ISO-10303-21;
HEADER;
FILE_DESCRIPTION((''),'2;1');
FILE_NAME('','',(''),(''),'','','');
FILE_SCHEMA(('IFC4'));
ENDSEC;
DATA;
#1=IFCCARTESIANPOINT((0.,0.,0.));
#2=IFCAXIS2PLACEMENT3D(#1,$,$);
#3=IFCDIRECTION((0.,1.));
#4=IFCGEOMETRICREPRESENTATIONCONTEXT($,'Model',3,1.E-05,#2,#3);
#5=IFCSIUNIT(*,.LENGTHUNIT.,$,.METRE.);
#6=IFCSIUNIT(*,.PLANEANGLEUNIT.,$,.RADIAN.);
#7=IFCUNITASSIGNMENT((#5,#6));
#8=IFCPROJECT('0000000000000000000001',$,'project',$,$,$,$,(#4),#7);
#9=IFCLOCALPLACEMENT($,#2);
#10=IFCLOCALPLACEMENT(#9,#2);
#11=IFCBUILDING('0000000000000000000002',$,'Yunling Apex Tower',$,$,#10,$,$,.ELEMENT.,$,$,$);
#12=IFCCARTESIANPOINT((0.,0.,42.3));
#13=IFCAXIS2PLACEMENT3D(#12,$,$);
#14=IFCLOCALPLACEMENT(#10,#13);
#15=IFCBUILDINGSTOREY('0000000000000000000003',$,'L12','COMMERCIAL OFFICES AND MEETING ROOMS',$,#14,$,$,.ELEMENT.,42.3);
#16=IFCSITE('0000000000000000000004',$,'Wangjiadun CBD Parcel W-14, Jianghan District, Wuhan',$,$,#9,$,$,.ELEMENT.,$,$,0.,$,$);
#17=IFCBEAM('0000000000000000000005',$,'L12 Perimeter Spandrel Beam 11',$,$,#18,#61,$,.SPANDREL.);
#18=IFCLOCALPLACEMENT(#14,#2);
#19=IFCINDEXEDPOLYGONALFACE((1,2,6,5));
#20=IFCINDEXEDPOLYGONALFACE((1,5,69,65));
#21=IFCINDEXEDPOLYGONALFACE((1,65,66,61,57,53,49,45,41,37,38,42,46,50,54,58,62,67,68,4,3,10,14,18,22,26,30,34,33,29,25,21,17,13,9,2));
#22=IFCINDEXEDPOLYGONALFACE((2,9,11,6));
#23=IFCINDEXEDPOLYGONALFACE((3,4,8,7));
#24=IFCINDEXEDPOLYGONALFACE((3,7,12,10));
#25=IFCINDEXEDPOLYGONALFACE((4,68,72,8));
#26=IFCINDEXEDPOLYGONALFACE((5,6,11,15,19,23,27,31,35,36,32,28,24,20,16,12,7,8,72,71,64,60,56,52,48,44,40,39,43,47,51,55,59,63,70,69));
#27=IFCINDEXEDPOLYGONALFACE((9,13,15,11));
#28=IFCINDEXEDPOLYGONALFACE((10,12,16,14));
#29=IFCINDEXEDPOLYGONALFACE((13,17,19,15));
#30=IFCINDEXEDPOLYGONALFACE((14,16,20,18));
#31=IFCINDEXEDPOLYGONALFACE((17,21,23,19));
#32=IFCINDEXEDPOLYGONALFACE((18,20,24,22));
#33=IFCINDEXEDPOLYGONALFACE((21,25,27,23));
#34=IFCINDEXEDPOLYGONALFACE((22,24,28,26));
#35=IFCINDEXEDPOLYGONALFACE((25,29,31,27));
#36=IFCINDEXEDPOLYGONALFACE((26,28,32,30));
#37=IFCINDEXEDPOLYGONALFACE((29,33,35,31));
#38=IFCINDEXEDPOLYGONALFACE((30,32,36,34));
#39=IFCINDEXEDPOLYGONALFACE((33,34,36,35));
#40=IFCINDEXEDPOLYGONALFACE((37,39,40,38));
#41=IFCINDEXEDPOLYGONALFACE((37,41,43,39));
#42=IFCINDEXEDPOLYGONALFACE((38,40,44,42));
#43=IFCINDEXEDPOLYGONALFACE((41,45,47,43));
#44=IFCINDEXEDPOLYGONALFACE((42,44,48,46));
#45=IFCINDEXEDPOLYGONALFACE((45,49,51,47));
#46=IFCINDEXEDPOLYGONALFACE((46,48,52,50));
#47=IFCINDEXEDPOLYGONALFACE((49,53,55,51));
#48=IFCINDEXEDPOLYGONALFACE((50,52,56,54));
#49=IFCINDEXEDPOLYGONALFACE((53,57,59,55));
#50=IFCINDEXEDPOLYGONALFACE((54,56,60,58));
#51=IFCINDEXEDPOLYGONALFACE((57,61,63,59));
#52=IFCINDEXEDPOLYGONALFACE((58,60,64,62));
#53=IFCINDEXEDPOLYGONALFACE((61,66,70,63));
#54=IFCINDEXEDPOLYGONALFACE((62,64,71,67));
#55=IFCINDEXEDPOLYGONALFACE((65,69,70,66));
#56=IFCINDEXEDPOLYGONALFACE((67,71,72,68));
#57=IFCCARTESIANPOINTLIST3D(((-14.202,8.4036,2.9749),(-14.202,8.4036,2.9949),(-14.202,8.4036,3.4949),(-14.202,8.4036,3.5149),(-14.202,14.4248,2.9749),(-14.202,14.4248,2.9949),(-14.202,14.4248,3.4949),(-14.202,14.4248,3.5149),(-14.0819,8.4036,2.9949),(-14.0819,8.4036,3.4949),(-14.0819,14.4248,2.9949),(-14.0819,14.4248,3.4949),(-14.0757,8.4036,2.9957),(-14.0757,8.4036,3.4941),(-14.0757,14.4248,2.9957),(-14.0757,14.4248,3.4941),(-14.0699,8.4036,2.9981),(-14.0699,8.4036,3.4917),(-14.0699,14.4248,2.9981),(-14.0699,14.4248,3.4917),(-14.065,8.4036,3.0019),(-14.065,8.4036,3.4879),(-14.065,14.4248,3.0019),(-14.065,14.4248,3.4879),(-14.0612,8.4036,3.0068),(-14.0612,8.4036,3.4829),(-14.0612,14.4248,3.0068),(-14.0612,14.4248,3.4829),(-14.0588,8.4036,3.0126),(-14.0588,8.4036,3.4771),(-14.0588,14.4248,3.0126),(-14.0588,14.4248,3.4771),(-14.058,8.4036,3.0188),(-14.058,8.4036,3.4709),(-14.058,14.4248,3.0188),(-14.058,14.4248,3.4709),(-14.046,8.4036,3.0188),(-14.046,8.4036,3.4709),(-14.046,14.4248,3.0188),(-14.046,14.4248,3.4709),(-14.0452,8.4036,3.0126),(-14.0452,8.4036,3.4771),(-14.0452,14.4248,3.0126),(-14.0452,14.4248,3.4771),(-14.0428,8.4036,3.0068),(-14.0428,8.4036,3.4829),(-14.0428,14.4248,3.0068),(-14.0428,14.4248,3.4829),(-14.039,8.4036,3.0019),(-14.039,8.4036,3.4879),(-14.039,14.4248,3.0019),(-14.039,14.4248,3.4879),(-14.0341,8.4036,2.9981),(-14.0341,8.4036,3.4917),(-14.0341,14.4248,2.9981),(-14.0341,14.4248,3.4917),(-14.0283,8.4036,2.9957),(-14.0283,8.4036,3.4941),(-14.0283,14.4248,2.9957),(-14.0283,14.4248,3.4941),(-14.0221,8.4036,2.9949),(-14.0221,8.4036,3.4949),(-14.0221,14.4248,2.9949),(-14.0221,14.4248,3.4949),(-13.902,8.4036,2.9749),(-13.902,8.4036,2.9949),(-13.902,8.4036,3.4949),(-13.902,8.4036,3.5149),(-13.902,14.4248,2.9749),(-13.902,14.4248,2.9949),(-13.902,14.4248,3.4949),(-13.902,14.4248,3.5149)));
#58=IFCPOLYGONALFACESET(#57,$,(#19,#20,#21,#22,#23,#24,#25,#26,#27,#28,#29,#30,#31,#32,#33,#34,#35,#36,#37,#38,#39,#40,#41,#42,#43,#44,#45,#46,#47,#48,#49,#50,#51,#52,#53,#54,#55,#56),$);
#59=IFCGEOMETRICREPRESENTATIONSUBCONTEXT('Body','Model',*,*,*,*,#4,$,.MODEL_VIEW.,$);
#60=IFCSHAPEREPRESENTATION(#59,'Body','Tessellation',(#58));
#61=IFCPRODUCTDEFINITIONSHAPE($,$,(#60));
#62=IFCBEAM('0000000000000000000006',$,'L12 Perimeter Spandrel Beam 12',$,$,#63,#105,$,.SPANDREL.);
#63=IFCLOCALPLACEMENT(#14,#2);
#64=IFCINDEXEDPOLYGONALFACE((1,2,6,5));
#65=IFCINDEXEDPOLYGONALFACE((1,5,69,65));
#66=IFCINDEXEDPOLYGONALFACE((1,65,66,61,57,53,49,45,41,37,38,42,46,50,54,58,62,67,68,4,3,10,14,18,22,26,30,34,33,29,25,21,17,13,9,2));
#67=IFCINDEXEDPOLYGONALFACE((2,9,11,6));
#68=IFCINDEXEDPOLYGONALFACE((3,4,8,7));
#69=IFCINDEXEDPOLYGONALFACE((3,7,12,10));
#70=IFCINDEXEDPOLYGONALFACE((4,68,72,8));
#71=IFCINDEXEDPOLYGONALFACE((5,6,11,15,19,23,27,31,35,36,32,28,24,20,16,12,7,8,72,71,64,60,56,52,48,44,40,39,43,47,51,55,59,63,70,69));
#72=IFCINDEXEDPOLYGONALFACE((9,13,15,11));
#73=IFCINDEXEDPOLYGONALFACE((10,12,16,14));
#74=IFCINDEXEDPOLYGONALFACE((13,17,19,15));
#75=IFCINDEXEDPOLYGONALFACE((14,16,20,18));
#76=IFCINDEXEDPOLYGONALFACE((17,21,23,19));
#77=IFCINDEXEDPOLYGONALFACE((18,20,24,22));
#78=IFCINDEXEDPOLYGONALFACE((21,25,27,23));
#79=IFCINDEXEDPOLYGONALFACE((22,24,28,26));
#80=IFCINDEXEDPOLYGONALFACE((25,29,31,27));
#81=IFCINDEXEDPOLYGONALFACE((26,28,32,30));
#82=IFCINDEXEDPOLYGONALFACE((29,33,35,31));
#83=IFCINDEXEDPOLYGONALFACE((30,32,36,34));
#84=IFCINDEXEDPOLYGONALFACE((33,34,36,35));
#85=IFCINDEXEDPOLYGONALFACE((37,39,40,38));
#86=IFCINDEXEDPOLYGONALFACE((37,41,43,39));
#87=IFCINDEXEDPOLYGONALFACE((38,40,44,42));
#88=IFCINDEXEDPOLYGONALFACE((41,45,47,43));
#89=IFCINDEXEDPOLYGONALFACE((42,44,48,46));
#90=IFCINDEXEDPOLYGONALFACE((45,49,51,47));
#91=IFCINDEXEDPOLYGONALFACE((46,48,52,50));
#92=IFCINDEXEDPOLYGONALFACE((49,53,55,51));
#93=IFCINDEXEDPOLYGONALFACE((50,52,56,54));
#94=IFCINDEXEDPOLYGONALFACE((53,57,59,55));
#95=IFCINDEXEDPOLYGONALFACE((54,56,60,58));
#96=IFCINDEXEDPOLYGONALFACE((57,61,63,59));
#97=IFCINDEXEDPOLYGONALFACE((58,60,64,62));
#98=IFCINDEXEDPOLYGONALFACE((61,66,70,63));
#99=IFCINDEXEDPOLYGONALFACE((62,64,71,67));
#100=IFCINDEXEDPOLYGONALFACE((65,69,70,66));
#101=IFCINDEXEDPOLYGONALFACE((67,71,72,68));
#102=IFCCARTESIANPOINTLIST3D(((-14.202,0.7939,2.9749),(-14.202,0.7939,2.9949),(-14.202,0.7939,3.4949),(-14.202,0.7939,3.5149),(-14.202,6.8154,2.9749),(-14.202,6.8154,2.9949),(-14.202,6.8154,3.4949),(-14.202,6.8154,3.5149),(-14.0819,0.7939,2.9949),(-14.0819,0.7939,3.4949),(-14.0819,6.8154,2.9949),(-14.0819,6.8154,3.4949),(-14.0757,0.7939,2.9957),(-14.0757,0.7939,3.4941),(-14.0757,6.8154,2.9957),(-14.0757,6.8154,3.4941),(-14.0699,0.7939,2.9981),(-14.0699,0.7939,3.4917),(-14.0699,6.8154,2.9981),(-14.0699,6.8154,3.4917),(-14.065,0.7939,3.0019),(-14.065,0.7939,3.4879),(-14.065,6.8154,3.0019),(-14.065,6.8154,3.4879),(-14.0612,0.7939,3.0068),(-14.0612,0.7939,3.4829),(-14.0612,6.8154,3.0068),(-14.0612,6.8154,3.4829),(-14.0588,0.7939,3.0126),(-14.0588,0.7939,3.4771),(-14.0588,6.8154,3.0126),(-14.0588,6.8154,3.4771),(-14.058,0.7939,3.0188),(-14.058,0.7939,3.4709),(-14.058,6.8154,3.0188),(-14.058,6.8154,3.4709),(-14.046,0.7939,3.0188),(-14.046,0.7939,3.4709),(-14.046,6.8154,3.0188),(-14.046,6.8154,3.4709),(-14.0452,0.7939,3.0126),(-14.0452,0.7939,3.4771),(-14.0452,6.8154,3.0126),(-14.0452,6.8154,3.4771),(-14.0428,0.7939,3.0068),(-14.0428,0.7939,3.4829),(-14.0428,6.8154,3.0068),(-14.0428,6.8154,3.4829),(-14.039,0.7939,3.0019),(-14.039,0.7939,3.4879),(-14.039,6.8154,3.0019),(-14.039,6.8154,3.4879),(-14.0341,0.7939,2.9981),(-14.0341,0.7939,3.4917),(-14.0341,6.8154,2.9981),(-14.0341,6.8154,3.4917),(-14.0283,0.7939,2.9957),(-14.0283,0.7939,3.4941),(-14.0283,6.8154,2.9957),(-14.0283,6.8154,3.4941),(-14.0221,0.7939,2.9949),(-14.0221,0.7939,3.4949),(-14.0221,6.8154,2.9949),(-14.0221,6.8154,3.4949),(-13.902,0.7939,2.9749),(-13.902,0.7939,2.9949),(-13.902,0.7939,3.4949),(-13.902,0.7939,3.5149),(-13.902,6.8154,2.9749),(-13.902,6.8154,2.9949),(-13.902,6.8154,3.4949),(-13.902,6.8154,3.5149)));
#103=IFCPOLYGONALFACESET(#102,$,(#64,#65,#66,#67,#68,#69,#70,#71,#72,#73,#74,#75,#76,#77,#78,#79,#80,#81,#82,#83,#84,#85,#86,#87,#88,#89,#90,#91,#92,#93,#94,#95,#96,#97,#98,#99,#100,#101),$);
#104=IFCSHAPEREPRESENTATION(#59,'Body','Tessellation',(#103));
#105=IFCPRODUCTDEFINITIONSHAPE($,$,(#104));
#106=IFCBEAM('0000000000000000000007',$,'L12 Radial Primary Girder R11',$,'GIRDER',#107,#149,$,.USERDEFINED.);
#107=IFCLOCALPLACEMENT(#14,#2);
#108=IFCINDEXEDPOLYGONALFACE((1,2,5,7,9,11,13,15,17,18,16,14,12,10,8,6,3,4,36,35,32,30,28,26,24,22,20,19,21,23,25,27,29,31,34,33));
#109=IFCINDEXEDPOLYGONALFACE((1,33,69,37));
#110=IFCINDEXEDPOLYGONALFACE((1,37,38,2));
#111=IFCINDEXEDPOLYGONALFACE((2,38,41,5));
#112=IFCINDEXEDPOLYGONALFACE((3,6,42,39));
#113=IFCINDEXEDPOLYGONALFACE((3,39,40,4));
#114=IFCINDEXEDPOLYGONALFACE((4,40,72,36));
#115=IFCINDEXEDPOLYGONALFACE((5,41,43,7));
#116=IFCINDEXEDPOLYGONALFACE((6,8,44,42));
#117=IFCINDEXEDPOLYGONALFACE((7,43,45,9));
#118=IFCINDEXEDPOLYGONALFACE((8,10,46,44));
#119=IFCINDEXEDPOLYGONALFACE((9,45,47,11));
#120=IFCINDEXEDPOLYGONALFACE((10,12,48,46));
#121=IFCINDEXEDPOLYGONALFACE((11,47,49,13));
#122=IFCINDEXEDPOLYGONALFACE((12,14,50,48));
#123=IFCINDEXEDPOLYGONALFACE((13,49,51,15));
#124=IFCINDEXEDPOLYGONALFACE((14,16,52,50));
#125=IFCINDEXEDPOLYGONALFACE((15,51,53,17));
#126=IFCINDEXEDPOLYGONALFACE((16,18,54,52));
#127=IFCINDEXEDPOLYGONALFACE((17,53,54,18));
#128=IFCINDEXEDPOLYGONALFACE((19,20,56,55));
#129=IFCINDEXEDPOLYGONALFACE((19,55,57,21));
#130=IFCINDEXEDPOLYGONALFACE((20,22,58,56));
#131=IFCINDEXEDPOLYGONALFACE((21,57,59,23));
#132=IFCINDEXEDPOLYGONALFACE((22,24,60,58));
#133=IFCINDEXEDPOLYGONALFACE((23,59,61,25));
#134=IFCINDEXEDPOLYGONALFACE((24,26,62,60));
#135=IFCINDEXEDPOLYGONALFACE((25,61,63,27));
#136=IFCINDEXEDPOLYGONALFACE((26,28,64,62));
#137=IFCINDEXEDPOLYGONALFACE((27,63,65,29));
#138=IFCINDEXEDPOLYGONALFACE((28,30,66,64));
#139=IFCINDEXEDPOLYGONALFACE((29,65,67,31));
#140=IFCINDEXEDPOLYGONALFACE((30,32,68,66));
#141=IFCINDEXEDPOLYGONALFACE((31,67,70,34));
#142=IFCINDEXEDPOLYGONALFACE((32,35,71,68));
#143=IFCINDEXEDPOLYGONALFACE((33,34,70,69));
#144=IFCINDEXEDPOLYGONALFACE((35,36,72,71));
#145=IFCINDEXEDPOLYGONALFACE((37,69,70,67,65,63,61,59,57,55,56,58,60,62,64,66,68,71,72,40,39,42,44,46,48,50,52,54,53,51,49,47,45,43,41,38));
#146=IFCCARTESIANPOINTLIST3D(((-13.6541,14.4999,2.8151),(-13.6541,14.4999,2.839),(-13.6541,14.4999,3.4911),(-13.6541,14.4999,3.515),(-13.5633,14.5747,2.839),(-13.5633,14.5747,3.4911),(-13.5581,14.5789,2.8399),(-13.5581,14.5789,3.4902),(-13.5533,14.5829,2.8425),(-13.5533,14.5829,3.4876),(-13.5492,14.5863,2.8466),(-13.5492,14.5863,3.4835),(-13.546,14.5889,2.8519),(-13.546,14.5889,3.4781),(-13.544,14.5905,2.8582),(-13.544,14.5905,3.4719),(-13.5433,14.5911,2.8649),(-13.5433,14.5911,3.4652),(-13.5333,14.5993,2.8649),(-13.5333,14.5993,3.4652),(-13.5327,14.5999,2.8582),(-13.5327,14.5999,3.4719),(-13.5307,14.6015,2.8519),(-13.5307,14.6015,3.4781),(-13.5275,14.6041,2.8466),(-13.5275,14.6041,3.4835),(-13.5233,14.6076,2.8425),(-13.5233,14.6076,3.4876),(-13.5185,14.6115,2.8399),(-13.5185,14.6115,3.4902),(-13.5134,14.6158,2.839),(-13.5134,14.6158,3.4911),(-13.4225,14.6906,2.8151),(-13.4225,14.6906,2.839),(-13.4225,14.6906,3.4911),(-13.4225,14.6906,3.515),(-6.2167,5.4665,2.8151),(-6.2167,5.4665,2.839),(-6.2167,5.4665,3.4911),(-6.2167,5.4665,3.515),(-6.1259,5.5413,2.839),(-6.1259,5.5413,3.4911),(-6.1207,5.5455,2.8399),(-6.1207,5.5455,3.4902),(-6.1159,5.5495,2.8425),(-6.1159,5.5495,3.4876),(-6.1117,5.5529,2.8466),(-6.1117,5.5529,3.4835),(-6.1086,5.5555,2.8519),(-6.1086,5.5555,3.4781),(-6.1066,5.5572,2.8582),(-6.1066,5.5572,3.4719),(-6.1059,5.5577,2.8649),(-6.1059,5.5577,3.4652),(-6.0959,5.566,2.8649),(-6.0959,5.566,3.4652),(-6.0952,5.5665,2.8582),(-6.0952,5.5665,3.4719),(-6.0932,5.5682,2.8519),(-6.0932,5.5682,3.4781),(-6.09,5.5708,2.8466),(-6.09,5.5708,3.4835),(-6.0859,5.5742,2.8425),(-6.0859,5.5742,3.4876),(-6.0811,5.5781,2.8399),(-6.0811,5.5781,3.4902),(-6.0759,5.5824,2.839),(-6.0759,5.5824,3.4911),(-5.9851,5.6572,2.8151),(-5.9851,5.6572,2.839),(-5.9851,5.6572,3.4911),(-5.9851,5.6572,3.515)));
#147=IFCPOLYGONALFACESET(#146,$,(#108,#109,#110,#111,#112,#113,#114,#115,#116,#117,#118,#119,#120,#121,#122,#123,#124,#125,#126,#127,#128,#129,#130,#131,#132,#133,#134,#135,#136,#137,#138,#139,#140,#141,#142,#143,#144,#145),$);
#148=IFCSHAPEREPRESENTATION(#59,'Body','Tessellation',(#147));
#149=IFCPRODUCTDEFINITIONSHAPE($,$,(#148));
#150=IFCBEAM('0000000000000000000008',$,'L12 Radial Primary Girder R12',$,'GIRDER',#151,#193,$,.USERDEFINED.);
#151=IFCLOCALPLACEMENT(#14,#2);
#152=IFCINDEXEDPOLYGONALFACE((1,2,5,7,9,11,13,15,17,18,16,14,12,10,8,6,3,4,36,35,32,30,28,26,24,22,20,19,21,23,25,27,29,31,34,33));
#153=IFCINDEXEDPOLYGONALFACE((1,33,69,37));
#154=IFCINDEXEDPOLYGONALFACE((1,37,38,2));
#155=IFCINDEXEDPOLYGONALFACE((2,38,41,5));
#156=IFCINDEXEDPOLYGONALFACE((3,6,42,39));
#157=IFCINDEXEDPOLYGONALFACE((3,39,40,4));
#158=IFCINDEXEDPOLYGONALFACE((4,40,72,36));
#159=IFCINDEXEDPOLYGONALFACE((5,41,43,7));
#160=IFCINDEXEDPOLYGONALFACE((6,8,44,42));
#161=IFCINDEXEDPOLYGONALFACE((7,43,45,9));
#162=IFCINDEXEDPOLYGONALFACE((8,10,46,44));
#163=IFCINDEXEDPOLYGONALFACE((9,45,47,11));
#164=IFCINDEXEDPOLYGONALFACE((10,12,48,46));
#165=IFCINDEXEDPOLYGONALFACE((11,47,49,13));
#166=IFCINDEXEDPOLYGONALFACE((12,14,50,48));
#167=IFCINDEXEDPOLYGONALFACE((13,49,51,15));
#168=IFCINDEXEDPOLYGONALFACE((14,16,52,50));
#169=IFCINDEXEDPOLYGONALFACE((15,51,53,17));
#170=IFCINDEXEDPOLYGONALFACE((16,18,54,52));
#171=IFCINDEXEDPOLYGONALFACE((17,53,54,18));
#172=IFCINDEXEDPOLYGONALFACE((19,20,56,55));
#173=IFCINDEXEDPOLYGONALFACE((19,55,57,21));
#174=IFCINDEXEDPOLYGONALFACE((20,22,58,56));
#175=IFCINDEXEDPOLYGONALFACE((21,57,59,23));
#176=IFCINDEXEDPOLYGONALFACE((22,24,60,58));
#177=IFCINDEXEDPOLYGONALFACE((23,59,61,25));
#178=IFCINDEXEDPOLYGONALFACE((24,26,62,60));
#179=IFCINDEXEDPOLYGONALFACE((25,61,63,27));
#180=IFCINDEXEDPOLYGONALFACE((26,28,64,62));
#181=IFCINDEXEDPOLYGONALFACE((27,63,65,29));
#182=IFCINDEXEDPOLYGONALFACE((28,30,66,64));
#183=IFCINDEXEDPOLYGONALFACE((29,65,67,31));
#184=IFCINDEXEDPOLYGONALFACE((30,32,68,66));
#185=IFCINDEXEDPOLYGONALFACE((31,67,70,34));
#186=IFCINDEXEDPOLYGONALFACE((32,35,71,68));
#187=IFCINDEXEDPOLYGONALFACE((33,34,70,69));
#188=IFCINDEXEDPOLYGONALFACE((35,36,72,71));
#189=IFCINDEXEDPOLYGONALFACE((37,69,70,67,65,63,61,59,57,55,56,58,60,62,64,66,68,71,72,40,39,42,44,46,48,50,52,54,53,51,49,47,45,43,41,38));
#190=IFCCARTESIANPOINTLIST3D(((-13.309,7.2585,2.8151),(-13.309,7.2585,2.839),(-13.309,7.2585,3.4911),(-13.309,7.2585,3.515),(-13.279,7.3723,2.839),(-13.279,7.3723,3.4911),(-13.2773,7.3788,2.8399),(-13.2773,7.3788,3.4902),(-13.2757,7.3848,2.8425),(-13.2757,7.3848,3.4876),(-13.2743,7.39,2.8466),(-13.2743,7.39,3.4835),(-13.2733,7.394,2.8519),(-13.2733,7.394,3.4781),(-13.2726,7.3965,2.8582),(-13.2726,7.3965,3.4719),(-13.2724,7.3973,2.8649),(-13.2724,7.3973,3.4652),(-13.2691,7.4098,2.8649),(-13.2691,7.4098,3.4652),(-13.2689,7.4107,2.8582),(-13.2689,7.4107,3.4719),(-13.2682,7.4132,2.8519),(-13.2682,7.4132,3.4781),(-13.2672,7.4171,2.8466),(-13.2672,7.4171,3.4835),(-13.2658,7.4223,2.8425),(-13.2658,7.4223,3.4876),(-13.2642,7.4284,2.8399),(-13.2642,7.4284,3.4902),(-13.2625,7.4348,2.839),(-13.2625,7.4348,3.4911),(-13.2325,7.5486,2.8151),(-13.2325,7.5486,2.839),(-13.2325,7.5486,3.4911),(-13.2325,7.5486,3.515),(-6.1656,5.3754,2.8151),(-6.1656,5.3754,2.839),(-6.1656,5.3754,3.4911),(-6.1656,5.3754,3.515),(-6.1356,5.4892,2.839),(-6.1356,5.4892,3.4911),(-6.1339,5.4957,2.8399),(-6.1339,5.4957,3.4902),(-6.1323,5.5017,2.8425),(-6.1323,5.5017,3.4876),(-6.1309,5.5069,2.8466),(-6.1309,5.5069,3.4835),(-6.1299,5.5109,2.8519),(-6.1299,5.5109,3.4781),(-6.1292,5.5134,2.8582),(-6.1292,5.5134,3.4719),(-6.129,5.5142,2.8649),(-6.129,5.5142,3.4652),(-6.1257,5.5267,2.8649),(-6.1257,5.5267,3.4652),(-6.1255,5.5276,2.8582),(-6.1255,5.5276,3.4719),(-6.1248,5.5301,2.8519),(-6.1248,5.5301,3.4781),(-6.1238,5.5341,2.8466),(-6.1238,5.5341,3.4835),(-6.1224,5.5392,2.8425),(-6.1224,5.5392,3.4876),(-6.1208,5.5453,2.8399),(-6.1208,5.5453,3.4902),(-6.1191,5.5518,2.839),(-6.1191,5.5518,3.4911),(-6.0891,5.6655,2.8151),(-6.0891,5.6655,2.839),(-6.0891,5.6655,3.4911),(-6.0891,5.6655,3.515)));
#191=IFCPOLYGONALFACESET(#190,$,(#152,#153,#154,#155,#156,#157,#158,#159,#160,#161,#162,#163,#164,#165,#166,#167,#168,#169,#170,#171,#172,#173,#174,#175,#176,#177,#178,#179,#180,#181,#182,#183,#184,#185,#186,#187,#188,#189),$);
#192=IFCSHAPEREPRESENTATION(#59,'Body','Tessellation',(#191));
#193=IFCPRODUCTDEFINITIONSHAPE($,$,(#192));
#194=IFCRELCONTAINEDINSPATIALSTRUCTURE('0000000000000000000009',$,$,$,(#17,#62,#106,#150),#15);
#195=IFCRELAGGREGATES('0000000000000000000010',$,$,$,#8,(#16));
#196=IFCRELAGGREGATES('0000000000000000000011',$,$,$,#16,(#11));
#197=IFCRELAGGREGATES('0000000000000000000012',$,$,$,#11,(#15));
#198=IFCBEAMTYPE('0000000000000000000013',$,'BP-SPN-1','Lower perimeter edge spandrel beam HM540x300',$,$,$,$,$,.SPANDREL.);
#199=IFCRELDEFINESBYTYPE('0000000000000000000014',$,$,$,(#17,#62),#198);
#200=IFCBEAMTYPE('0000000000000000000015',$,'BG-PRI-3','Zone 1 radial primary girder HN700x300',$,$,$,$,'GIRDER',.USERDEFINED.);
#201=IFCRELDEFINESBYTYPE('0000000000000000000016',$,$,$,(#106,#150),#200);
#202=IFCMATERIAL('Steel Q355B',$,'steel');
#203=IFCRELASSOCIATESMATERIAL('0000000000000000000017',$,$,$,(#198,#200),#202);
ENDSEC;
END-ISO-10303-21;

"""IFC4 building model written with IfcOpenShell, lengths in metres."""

from ifc_helpers import new_model, si_unit, direction, frame, origin, origin_2d, place, context, subcontext, project, spatial, i_section, extrude, source, transform, mapped, material, material_profile, profile_set, type_object, element, save


model = new_model("IFC4")

# Units and contexts
model_context = context("Model", 3, precision=1e-05, world=origin(), true_north=direction((0.0, 1.0)))
body_context = subcontext(model_context, "Body", "Model", "MODEL_VIEW")
ifc_project = project(units=[si_unit("LENGTHUNIT", "METRE"), si_unit("PLANEANGLEUNIT", "RADIAN")], contexts=[model_context])

# Site, building, storey
site_placement = place(None, origin())
site = spatial("IfcSite", under=ifc_project, at=site_placement, Name="Wangjiadun CBD Parcel W-14, Jianghan District, Wuhan", CompositionType="ELEMENT", RefElevation=0.0)
building_placement = place(site_placement, origin())
building = spatial("IfcBuilding", under=site, at=building_placement, Name="Yunling Apex Tower", CompositionType="ELEMENT")
storey_placement = place(building_placement, frame((0.0, 0.0, 42.3)))
storey = spatial("IfcBuildingStorey", under=building, at=storey_placement, Name="L12", Description="COMMERCIAL OFFICES AND MEETING ROOMS", CompositionType="ELEMENT", Elevation=42.3)

# Beams
ifc_material_1 = material(Name="Steel Q355B", Category="steel")
ifc_material_profile_1 = material_profile(ifc_material_1, i_section(OverallWidth=0.3, OverallDepth=0.54, WebThickness=0.012, FlangeThickness=0.02, FilletRadius=0.0239, at=origin_2d()))
ifc_profile_set_1 = profile_set([ifc_material_profile_1], Name="Steel Q355B")
beam_type_1 = type_object("IfcBeamType", Name="BP-SPN-1", Description="Lower perimeter edge spandrel beam HM540x300", PredefinedType="SPANDREL", material=ifc_profile_set_1)
shared_shape_1 = source(origin(), body_context, "Body", "SweptSolid", [
    extrude(i_section(OverallWidth=0.3, OverallDepth=0.54, WebThickness=0.012, FlangeThickness=0.02, FilletRadius=0.0239, at=origin_2d()), origin(), (0.0, 0.0, 1.0), 6.0212),
])
beam_1_placement = place(storey_placement, frame((-14.052, 14.4248, 3.2449), z_axis=(0.0, -1.0, 0.0), x_axis=(1.0, 0.0, 0.0)))
element("IfcBeam", 1, at=beam_1_placement, inside=storey, type_object=beam_type_1, Name="L12 Perimeter Spandrel Beam 11", PredefinedType="SPANDREL", context=body_context, shape_type="MappedRepresentation", body=[
    mapped(shared_shape_1, transform((0.0, 0.0, 0.0), scale=1.0)),
])
shared_shape_2 = source(origin(), body_context, "Body", "SweptSolid", [
    extrude(i_section(OverallWidth=0.3, OverallDepth=0.54, WebThickness=0.012, FlangeThickness=0.02, FilletRadius=0.0239, at=origin_2d()), origin(), (0.0, 0.0, 1.0), 6.0215),
])
beam_2_placement = place(storey_placement, frame((-14.052, 6.8154, 3.2449), z_axis=(0.0, -1.0, 0.0), x_axis=(1.0, 0.0, 0.0)))
element("IfcBeam", 2, at=beam_2_placement, inside=storey, type_object=beam_type_1, Name="L12 Perimeter Spandrel Beam 12", PredefinedType="SPANDREL", context=body_context, shape_type="MappedRepresentation", body=[
    mapped(shared_shape_2, transform((0.0, 0.0, 0.0), scale=1.0)),
])
ifc_material_profile_2 = material_profile(ifc_material_1, i_section(OverallWidth=0.3, OverallDepth=0.7, WebThickness=0.0129, FlangeThickness=0.0239, FilletRadius=0.0259, at=origin_2d()))
ifc_profile_set_2 = profile_set([ifc_material_profile_2], Name="Steel Q355B")
beam_type_2 = type_object("IfcBeamType", Name="BG-PRI-3", Description="Zone 1 radial primary girder HN700x300", ElementType="GIRDER", PredefinedType="USERDEFINED", material=ifc_profile_set_2)
shared_shape_3 = source(origin(), body_context, "Body", "SweptSolid", [
    extrude(i_section(OverallWidth=0.3, OverallDepth=0.7, WebThickness=0.0129, FlangeThickness=0.0239, FilletRadius=0.0259, at=origin_2d()), origin(), (0.0, 0.0, 1.0), 11.7012),
])
beam_3_placement = place(storey_placement, frame((-13.5383, 14.5952, 3.165), z_axis=(0.635615, -0.772006, 0.0), x_axis=(0.772006, 0.635615, 0.0)))
element("IfcBeam", 3, at=beam_3_placement, inside=storey, type_object=beam_type_2, Name="L12 Radial Primary Girder R11", ObjectType="GIRDER", PredefinedType="USERDEFINED", context=body_context, shape_type="MappedRepresentation", body=[
    mapped(shared_shape_3, transform((0.0, 0.0, 0.0), scale=1.0)),
])
shared_shape_4 = source(origin(), body_context, "Body", "SweptSolid", [
    extrude(i_section(OverallWidth=0.3, OverallDepth=0.7, WebThickness=0.0129, FlangeThickness=0.0239, FilletRadius=0.0259, at=origin_2d()), origin(), (0.0, 0.0, 1.0), 7.3875),
])
beam_4_placement = place(storey_placement, frame((-13.2708, 7.4036, 3.165), z_axis=(0.966967, -0.254903, 0.0), x_axis=(0.254903, 0.966967, 0.0)))
element("IfcBeam", 4, at=beam_4_placement, inside=storey, type_object=beam_type_2, Name="L12 Radial Primary Girder R12", ObjectType="GIRDER", PredefinedType="USERDEFINED", context=body_context, shape_type="MappedRepresentation", body=[
    mapped(shared_shape_4, transform((0.0, 0.0, 0.0), scale=1.0)),
])

save(model, "model.ifc")
